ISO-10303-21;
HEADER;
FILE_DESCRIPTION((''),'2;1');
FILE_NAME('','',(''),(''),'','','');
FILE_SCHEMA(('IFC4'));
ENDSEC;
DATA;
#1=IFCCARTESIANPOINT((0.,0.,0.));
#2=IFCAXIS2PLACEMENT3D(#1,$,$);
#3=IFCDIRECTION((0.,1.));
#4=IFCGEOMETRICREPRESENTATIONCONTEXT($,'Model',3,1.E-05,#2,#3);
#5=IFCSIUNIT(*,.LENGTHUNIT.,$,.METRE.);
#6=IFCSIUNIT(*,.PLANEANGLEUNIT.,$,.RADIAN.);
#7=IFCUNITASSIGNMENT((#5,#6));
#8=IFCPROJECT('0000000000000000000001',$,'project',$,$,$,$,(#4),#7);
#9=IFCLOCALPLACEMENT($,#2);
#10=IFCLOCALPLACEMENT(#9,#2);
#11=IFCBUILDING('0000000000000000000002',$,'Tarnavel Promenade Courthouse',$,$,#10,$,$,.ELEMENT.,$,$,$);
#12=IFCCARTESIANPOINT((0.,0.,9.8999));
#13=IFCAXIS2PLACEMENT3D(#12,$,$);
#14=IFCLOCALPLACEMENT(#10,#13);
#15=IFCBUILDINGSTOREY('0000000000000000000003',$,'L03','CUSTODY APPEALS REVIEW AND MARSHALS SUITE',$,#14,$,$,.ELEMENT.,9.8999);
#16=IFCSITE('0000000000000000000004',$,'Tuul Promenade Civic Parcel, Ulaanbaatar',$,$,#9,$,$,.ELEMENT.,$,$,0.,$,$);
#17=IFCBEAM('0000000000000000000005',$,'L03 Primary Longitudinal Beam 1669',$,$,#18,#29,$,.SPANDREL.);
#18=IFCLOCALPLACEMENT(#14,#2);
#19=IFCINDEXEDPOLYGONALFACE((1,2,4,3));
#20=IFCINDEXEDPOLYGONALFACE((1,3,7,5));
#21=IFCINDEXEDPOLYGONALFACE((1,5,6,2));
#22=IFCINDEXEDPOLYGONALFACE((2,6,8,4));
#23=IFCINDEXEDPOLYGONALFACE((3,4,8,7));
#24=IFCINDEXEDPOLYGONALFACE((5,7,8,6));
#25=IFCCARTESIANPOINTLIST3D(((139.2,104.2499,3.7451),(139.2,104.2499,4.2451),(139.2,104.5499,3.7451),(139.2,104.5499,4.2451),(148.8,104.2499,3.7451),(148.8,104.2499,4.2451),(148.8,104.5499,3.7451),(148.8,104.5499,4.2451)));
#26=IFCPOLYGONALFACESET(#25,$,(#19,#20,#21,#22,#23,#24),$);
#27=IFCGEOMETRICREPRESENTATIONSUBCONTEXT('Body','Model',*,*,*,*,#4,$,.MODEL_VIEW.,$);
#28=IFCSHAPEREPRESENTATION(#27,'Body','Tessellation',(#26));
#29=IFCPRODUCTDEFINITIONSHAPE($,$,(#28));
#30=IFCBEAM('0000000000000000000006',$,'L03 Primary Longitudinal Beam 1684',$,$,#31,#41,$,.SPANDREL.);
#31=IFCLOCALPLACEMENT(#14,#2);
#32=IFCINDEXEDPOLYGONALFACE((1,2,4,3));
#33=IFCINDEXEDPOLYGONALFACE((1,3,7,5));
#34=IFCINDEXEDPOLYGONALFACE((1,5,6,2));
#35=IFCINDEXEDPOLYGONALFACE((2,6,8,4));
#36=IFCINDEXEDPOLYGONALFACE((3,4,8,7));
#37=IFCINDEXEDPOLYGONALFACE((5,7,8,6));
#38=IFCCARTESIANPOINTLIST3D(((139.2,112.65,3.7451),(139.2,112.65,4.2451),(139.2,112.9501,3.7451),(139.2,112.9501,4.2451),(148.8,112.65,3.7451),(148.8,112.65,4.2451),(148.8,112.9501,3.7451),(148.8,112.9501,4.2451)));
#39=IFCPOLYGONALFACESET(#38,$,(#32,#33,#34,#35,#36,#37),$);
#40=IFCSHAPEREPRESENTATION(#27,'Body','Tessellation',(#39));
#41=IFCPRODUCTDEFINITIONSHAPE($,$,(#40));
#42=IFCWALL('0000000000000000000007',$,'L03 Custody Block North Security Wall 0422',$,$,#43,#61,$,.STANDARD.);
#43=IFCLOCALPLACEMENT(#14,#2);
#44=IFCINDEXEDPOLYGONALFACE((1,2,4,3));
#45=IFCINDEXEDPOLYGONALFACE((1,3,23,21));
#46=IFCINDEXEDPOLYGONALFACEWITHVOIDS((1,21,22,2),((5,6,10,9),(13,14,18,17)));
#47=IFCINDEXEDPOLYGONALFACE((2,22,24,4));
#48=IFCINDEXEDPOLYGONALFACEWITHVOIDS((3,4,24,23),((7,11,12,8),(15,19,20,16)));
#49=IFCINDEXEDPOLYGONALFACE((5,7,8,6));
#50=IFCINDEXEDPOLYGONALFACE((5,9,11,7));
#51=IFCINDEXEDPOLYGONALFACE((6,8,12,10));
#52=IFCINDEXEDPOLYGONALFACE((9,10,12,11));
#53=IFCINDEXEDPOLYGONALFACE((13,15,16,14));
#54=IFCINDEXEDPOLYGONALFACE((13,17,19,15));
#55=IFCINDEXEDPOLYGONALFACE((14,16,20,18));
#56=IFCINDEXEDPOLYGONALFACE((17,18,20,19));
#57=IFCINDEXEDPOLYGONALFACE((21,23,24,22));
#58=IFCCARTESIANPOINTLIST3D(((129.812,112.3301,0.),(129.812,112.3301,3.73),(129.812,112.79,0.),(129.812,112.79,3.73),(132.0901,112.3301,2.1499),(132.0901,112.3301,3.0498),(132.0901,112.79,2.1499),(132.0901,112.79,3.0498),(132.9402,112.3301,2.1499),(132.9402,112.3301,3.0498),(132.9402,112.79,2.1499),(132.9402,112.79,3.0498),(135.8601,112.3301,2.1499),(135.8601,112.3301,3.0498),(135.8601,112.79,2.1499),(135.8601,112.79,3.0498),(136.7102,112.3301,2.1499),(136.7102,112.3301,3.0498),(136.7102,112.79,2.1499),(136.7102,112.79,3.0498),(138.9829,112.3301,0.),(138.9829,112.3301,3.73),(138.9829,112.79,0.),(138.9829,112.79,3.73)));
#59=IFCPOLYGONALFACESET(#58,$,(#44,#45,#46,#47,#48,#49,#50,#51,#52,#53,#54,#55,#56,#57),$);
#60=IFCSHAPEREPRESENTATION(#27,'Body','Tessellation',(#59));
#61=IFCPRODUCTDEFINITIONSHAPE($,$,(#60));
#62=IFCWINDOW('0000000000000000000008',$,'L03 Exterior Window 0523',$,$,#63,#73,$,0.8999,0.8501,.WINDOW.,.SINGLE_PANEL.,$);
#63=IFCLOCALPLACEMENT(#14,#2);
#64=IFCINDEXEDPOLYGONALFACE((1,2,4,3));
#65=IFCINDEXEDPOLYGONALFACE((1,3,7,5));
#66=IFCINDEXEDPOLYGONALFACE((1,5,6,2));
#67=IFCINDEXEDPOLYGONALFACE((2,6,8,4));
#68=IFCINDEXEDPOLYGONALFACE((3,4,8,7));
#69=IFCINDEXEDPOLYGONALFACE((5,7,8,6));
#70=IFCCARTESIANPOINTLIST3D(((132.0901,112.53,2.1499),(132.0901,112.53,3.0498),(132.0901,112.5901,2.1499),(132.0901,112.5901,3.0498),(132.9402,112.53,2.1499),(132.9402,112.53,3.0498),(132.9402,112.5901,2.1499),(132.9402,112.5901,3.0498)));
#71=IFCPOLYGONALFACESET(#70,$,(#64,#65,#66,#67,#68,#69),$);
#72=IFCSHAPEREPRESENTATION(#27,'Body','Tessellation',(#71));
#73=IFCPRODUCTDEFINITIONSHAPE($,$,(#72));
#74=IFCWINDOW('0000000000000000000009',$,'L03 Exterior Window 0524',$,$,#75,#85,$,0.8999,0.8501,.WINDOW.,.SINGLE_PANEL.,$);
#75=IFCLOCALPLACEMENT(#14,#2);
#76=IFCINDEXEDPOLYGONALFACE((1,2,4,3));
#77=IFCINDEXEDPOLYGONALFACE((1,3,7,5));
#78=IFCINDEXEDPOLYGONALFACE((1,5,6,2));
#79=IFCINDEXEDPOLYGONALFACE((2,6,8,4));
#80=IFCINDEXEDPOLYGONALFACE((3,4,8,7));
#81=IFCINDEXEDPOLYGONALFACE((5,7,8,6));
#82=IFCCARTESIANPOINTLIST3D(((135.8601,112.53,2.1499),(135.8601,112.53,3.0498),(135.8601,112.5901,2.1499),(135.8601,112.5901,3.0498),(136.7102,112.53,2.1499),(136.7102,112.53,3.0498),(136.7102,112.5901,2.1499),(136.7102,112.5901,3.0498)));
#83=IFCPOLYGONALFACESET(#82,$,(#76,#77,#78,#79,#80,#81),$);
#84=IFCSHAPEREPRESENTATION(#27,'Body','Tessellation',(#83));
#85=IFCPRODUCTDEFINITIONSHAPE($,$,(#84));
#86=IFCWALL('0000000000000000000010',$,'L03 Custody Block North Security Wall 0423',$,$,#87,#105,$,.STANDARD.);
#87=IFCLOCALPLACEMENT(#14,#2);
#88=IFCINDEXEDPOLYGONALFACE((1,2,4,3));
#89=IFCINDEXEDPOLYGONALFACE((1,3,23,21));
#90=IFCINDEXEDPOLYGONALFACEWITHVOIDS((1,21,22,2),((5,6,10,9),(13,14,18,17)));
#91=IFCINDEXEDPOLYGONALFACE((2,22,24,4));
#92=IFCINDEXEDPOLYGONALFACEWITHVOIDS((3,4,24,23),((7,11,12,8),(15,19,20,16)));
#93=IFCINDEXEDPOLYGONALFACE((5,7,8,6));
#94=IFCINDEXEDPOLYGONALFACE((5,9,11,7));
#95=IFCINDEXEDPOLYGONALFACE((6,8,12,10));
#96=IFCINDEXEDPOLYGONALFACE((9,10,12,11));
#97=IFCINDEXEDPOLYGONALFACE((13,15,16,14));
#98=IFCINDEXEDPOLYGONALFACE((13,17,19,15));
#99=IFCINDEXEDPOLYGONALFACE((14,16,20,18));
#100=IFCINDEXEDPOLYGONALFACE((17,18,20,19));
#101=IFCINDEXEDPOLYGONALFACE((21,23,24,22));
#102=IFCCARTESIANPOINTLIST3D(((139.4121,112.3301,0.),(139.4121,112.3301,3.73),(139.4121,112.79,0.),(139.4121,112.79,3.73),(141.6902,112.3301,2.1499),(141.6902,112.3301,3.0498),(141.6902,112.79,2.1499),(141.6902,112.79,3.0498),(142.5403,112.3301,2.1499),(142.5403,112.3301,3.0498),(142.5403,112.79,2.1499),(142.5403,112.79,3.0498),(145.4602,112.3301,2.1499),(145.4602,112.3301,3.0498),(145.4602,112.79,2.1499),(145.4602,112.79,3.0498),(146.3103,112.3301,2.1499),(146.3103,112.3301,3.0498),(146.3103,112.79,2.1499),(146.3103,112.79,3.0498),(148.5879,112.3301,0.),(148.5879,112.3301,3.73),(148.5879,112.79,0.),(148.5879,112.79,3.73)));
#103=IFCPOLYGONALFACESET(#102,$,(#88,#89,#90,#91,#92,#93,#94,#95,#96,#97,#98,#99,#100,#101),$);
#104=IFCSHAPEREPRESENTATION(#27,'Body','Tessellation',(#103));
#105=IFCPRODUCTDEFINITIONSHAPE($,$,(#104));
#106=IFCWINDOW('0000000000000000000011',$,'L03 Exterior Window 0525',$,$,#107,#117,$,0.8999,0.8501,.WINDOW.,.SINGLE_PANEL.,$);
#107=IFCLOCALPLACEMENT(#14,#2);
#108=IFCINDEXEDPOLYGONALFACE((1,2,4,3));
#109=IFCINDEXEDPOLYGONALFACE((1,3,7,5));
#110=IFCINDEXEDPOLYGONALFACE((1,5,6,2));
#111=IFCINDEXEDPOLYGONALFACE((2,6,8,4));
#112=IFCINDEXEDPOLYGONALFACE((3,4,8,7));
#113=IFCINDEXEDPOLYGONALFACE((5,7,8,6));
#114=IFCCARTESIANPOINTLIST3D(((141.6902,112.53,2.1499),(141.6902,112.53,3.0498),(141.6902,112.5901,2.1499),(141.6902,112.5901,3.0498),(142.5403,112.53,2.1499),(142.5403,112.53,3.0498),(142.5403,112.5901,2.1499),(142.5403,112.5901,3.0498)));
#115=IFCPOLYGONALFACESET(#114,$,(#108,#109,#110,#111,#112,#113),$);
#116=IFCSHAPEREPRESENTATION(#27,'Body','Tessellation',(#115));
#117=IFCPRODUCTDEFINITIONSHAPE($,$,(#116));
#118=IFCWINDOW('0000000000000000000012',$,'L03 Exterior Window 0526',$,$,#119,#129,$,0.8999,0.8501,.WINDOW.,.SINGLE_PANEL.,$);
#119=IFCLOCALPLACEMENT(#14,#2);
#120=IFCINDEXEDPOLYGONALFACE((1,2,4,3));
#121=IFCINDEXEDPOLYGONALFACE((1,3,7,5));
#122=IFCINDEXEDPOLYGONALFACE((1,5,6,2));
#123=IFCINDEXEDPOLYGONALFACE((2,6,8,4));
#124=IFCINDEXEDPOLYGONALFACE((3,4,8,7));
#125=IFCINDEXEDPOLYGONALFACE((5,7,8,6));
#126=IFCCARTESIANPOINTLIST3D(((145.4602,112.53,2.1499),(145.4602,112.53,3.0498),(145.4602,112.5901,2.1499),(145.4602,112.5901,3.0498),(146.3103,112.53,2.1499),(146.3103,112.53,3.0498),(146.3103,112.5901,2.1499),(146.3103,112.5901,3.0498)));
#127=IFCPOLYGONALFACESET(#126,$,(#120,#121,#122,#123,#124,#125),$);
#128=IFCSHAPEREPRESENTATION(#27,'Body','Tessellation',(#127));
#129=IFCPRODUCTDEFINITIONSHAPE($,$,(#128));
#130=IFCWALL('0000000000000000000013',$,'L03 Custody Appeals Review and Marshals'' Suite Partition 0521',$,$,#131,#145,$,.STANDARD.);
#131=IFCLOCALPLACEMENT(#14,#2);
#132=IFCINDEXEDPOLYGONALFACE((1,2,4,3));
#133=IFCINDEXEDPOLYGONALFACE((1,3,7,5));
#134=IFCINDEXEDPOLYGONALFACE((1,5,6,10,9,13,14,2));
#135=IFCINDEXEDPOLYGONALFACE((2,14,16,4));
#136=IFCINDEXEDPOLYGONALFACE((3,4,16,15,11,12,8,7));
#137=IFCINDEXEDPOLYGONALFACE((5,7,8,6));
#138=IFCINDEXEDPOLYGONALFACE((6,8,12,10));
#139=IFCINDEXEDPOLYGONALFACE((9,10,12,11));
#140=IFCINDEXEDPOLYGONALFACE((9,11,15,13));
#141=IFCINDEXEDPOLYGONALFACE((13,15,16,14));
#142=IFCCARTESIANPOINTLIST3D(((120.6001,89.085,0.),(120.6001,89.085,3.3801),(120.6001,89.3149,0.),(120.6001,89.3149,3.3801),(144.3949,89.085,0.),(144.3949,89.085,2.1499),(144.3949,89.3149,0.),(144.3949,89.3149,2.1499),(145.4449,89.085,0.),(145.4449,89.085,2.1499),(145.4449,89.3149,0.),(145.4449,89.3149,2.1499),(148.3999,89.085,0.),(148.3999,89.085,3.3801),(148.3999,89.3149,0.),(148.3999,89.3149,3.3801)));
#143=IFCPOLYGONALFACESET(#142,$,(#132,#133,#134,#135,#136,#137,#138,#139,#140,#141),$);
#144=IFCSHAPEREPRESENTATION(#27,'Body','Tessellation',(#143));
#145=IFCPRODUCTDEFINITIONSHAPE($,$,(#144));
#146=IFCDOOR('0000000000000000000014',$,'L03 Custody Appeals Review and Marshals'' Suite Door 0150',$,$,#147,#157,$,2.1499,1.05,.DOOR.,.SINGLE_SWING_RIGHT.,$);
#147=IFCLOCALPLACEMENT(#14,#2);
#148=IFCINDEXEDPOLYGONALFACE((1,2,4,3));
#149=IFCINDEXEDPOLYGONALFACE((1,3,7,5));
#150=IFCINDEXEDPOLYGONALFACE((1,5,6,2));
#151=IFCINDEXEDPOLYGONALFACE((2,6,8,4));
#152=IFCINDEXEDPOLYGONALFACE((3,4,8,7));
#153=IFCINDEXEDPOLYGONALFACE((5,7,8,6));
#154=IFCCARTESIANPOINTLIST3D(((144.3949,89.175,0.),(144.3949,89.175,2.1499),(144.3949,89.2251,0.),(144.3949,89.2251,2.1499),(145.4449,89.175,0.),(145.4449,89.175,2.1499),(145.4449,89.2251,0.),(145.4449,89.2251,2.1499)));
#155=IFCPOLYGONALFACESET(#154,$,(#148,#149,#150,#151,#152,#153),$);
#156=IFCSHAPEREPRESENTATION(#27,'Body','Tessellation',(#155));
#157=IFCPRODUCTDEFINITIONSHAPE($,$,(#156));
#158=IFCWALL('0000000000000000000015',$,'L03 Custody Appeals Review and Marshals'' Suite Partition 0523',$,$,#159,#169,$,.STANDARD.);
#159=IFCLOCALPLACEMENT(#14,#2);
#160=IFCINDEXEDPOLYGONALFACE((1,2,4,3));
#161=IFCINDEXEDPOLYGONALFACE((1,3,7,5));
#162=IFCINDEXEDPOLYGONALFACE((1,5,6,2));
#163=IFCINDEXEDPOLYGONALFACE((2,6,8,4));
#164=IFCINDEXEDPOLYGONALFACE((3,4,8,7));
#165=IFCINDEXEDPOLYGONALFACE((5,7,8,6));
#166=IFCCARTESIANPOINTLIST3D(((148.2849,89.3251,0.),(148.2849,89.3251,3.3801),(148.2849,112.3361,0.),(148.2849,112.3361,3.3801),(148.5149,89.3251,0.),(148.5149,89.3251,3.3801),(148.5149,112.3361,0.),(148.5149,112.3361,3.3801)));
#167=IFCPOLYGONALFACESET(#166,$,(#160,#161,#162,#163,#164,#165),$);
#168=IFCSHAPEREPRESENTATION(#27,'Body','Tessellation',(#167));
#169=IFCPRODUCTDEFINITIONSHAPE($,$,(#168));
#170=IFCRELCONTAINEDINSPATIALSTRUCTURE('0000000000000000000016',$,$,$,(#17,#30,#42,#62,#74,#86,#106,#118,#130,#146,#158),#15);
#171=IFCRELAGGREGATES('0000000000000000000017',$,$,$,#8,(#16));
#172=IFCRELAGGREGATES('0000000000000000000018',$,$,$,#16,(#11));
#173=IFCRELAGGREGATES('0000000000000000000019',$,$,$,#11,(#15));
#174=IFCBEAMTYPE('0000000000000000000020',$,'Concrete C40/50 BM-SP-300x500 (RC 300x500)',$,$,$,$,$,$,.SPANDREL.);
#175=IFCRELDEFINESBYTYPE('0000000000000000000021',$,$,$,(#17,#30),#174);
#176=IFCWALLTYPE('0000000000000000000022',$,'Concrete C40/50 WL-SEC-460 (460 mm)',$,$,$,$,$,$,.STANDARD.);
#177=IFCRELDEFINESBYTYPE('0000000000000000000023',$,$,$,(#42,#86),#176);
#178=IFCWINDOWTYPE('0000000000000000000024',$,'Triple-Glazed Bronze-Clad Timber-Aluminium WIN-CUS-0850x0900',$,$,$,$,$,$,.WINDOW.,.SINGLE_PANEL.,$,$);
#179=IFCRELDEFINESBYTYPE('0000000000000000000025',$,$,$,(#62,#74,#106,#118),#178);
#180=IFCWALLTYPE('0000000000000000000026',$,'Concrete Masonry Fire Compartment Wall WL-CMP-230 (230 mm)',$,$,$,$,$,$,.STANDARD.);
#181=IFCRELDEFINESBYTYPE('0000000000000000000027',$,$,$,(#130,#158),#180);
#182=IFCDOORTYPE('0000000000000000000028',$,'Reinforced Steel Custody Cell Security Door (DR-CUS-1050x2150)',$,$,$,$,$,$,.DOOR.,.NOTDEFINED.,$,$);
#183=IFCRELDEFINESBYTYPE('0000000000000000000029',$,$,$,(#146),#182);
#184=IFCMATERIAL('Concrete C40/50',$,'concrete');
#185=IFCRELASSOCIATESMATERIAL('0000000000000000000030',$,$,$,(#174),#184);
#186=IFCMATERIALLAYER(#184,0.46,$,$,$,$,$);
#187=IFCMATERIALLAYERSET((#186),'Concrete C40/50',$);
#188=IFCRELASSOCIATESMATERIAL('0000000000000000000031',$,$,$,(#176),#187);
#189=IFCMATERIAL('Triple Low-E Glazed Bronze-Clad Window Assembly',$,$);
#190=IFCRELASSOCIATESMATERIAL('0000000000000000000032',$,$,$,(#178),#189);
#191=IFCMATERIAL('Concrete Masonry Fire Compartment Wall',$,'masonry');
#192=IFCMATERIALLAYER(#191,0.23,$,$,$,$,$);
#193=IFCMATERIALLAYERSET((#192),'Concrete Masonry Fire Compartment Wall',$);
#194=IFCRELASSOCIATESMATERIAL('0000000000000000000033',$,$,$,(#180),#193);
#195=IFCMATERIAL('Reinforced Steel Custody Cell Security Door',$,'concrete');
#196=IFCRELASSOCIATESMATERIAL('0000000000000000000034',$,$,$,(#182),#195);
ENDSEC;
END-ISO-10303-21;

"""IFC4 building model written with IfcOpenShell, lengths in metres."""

from ifc_helpers import new_model, si_unit, direction, frame, frame_2d, origin, origin_2d, place, context, subcontext, project, spatial, rectangle, extrude, material, layer, layer_set, material_profile, profile_set, type_object, element, fill, save


model = new_model("IFC4")

# Units and contexts
model_context = context("Model", 3, precision=1e-05, world=origin(), true_north=direction((0.0, 1.0)))
body_context = subcontext(model_context, "Body", "Model", "MODEL_VIEW")
ifc_project = project(units=[si_unit("LENGTHUNIT", "METRE"), si_unit("PLANEANGLEUNIT", "RADIAN")], contexts=[model_context])

# Site, building, storey
site_placement = place(None, origin())
site = spatial("IfcSite", under=ifc_project, at=site_placement, Name="Tuul Promenade Civic Parcel, Ulaanbaatar", CompositionType="ELEMENT", RefElevation=0.0)
building_placement = place(site_placement, origin())
building = spatial("IfcBuilding", under=site, at=building_placement, Name="Tarnavel Promenade Courthouse", CompositionType="ELEMENT")
storey_placement = place(building_placement, frame((0.0, 0.0, 9.8999)))
storey = spatial("IfcBuildingStorey", under=building, at=storey_placement, Name="L03", Description="CUSTODY APPEALS REVIEW AND MARSHALS SUITE", CompositionType="ELEMENT", Elevation=9.8999)

# Shared definitions
ifc_material_1 = material(Name="Concrete C40/50", Category="concrete")

# Beams
ifc_material_profile_1 = material_profile(ifc_material_1, rectangle(XDim=0.3, YDim=0.5, at=origin_2d()), Name="RC 300x500")
ifc_profile_set_1 = profile_set([ifc_material_profile_1], Name="Concrete C40/50")
beam_type_1 = type_object("IfcBeamType", Name="Concrete C40/50 BM-SP-300x500 (RC 300x500)", PredefinedType="SPANDREL", material=ifc_profile_set_1)
for number, where, z_axis, x_axis, name in (
    (1, (139.2, 104.3999, 3.9951), (1.0, 0.0, 0.0), (0.0, 1.0, 0.0), "L03 Primary Longitudinal Beam 1669"),
    (2, (139.2, 112.8, 3.9951), (1.0, 0.0, 0.0), (0.0, 1.0, 0.0), "L03 Primary Longitudinal Beam 1684"),
):
    element("IfcBeam", number, at=place(storey_placement, frame(where, z_axis=z_axis, x_axis=x_axis)), inside=storey, type_object=beam_type_1, Name=name, PredefinedType="SPANDREL", context=body_context, shape_type="SweptSolid", body=[
        extrude(rectangle(XDim=0.3, YDim=0.5, at=origin_2d()), origin(), (0.0, 0.0, 1.0), 9.6001),
    ])

# Walls, openings, windows
ifc_layer_1 = layer(ifc_material_1, 0.46)
ifc_layer_set_1 = layer_set([ifc_layer_1], Name="Concrete C40/50")
wall_type_1 = type_object("IfcWallType", Name="Concrete C40/50 WL-SEC-460 (460 mm)", PredefinedType="STANDARD", material=ifc_layer_set_1)
wall_1_placement = place(storey_placement, frame((129.812, 112.5601, 0.0), z_axis=(0.0, 0.0, 1.0), x_axis=(1.0, 0.0, 0.0)))
wall_1 = element("IfcWall", 3, at=wall_1_placement, inside=storey, type_object=wall_type_1, Name="L03 Custody Block North Security Wall 0422", PredefinedType="STANDARD", context=body_context, shape_type="SweptSolid", body=[
    extrude(rectangle(XDim=9.1709, YDim=0.46, at=frame_2d((4.5854, 0.0))), origin(), (0.0, 0.0, 1.0), 3.73),
])
opening_1_placement = place(wall_1_placement, frame((2.2781, 0.0, 2.1499)))
opening_1 = element("IfcOpeningElement", 4, at=opening_1_placement, cuts=wall_1, PredefinedType="OPENING", context=body_context, shape_type="SweptSolid", body=[
    extrude(rectangle(XDim=0.8501, YDim=0.8999, at=frame_2d((0.425, 0.45))), frame((0.0, 0.24, 0.0), z_axis=(0.0, -1.0, 0.0), x_axis=(1.0, 0.0, 0.0)), (0.0, 0.0, 1.0), 0.48),
])
opening_2_placement = place(wall_1_placement, frame((6.0481, 0.0, 2.1499)))
opening_2 = element("IfcOpeningElement", 5, at=opening_2_placement, cuts=wall_1, PredefinedType="OPENING", context=body_context, shape_type="SweptSolid", body=[
    extrude(rectangle(XDim=0.8501, YDim=0.8999, at=frame_2d((0.425, 0.45))), frame((0.0, 0.24, 0.0), z_axis=(0.0, -1.0, 0.0), x_axis=(1.0, 0.0, 0.0)), (0.0, 0.0, 1.0), 0.48),
])
ifc_material_2 = material(Name="Triple Low-E Glazed Bronze-Clad Window Assembly")
window_type = type_object("IfcWindowType", Name="Triple-Glazed Bronze-Clad Timber-Aluminium WIN-CUS-0850x0900", PartitioningType="SINGLE_PANEL", PredefinedType="WINDOW", material=ifc_material_2)
window_1_placement = place(opening_1_placement, origin())
window_1 = element("IfcWindow", 6, at=window_1_placement, inside=storey, type_object=window_type, Name="L03 Exterior Window 0523", OverallHeight=0.8999, OverallWidth=0.8501, PartitioningType="SINGLE_PANEL", PredefinedType="WINDOW", context=body_context, shape_type="SweptSolid", body=[
    extrude(rectangle(XDim=0.8501, YDim=0.8999, at=frame_2d((0.425, 0.45))), frame((0.0, 0.03, 0.0), z_axis=(0.0, -1.0, 0.0), x_axis=(1.0, 0.0, 0.0)), (0.0, 0.0, 1.0), 0.0601),
])
fill(opening_1, window_1)
window_2_placement = place(opening_2_placement, origin())
window_2 = element("IfcWindow", 7, at=window_2_placement, inside=storey, type_object=window_type, Name="L03 Exterior Window 0524", OverallHeight=0.8999, OverallWidth=0.8501, PartitioningType="SINGLE_PANEL", PredefinedType="WINDOW", context=body_context, shape_type="SweptSolid", body=[
    extrude(rectangle(XDim=0.8501, YDim=0.8999, at=frame_2d((0.425, 0.45))), frame((0.0, 0.03, 0.0), z_axis=(0.0, -1.0, 0.0), x_axis=(1.0, 0.0, 0.0)), (0.0, 0.0, 1.0), 0.0601),
])
fill(opening_2, window_2)
wall_2_placement = place(storey_placement, frame((139.4121, 112.5601, 0.0), z_axis=(0.0, 0.0, 1.0), x_axis=(1.0, 0.0, 0.0)))
wall_2 = element("IfcWall", 8, at=wall_2_placement, inside=storey, type_object=wall_type_1, Name="L03 Custody Block North Security Wall 0423", PredefinedType="STANDARD", context=body_context, shape_type="SweptSolid", body=[
    extrude(rectangle(XDim=9.1758, YDim=0.46, at=frame_2d((4.5879, 0.0))), origin(), (0.0, 0.0, 1.0), 3.73),
])
opening_3_placement = place(wall_2_placement, frame((2.2781, 0.0, 2.1499)))
opening_3 = element("IfcOpeningElement", 9, at=opening_3_placement, cuts=wall_2, PredefinedType="OPENING", context=body_context, shape_type="SweptSolid", body=[
    extrude(rectangle(XDim=0.8501, YDim=0.8999, at=frame_2d((0.425, 0.45))), frame((0.0, 0.24, 0.0), z_axis=(0.0, -1.0, 0.0), x_axis=(1.0, 0.0, 0.0)), (0.0, 0.0, 1.0), 0.48),
])
opening_4_placement = place(wall_2_placement, frame((6.0481, 0.0, 2.1499)))
opening_4 = element("IfcOpeningElement", 10, at=opening_4_placement, cuts=wall_2, PredefinedType="OPENING", context=body_context, shape_type="SweptSolid", body=[
    extrude(rectangle(XDim=0.8501, YDim=0.8999, at=frame_2d((0.425, 0.45))), frame((0.0, 0.24, 0.0), z_axis=(0.0, -1.0, 0.0), x_axis=(1.0, 0.0, 0.0)), (0.0, 0.0, 1.0), 0.48),
])
window_3_placement = place(opening_3_placement, origin())
window_3 = element("IfcWindow", 11, at=window_3_placement, inside=storey, type_object=window_type, Name="L03 Exterior Window 0525", OverallHeight=0.8999, OverallWidth=0.8501, PartitioningType="SINGLE_PANEL", PredefinedType="WINDOW", context=body_context, shape_type="SweptSolid", body=[
    extrude(rectangle(XDim=0.8501, YDim=0.8999, at=frame_2d((0.425, 0.45))), frame((0.0, 0.03, 0.0), z_axis=(0.0, -1.0, 0.0), x_axis=(1.0, 0.0, 0.0)), (0.0, 0.0, 1.0), 0.0601),
])
fill(opening_3, window_3)
window_4_placement = place(opening_4_placement, origin())
window_4 = element("IfcWindow", 12, at=window_4_placement, inside=storey, type_object=window_type, Name="L03 Exterior Window 0526", OverallHeight=0.8999, OverallWidth=0.8501, PartitioningType="SINGLE_PANEL", PredefinedType="WINDOW", context=body_context, shape_type="SweptSolid", body=[
    extrude(rectangle(XDim=0.8501, YDim=0.8999, at=frame_2d((0.425, 0.45))), frame((0.0, 0.03, 0.0), z_axis=(0.0, -1.0, 0.0), x_axis=(1.0, 0.0, 0.0)), (0.0, 0.0, 1.0), 0.0601),
])
fill(opening_4, window_4)

# Wall, opening, door
ifc_material_3 = material(Name="Concrete Masonry Fire Compartment Wall", Category="masonry")
ifc_layer_2 = layer(ifc_material_3, 0.23)
ifc_layer_set_2 = layer_set([ifc_layer_2], Name="Concrete Masonry Fire Compartment Wall")
wall_type_2 = type_object("IfcWallType", Name="Concrete Masonry Fire Compartment Wall WL-CMP-230 (230 mm)", PredefinedType="STANDARD", material=ifc_layer_set_2)
wall_3_placement = place(storey_placement, frame((148.3999, 89.2, 0.0), z_axis=(0.0, 0.0, 1.0), x_axis=(-1.0, 0.0, 0.0)))
wall_3 = element("IfcWall", 13, at=wall_3_placement, inside=storey, type_object=wall_type_2, Name="L03 Custody Appeals Review and Marshals' Suite Partition 0521", PredefinedType="STANDARD", context=body_context, shape_type="SweptSolid", body=[
    extrude(rectangle(XDim=27.7998, YDim=0.23, at=frame_2d((13.8999, 0.0))), origin(), (0.0, 0.0, 1.0), 3.3801),
])
opening_5_placement = place(wall_3_placement, frame((2.9551, 0.0, 0.0)))
opening_5 = element("IfcOpeningElement", 14, at=opening_5_placement, cuts=wall_3, PredefinedType="OPENING", context=body_context, shape_type="SweptSolid", body=[
    extrude(rectangle(XDim=1.05, YDim=2.1499, at=frame_2d((0.5249, 1.075))), frame((0.0, 0.125, 0.0), z_axis=(0.0, -1.0, 0.0), x_axis=(1.0, 0.0, 0.0)), (0.0, 0.0, 1.0), 0.25),
])
ifc_material_4 = material(Name="Reinforced Steel Custody Cell Security Door", Category="concrete")
door_type = type_object("IfcDoorType", Name="Reinforced Steel Custody Cell Security Door (DR-CUS-1050x2150)", OperationType="NOTDEFINED", PredefinedType="DOOR", material=ifc_material_4)
door_placement = place(opening_5_placement, origin())
door = element("IfcDoor", 15, at=door_placement, inside=storey, type_object=door_type, Name="L03 Custody Appeals Review and Marshals' Suite Door 0150", OperationType="SINGLE_SWING_RIGHT", OverallHeight=2.1499, OverallWidth=1.05, PredefinedType="DOOR", context=body_context, shape_type="SweptSolid", body=[
    extrude(rectangle(XDim=1.05, YDim=2.1499, at=frame_2d((0.5249, 1.075))), frame((0.0, 0.0249, 0.0), z_axis=(0.0, -1.0, 0.0), x_axis=(1.0, 0.0, 0.0)), (0.0, 0.0, 1.0), 0.05),
])
fill(opening_5, door)

# Wall
wall_4_placement = place(storey_placement, frame((148.3999, 112.3359, 0.0), z_axis=(0.0, 0.0, 1.0), x_axis=(0.0, -1.0, 0.0)))
element("IfcWall", 16, at=wall_4_placement, inside=storey, type_object=wall_type_2, Name="L03 Custody Appeals Review and Marshals' Suite Partition 0523", PredefinedType="STANDARD", context=body_context, shape_type="SweptSolid", body=[
    extrude(rectangle(XDim=23.011, YDim=0.23, at=frame_2d((11.5054, 0.0))), origin(), (0.0, 0.0, 1.0), 3.3801),
])

save(model, "model.ifc")
